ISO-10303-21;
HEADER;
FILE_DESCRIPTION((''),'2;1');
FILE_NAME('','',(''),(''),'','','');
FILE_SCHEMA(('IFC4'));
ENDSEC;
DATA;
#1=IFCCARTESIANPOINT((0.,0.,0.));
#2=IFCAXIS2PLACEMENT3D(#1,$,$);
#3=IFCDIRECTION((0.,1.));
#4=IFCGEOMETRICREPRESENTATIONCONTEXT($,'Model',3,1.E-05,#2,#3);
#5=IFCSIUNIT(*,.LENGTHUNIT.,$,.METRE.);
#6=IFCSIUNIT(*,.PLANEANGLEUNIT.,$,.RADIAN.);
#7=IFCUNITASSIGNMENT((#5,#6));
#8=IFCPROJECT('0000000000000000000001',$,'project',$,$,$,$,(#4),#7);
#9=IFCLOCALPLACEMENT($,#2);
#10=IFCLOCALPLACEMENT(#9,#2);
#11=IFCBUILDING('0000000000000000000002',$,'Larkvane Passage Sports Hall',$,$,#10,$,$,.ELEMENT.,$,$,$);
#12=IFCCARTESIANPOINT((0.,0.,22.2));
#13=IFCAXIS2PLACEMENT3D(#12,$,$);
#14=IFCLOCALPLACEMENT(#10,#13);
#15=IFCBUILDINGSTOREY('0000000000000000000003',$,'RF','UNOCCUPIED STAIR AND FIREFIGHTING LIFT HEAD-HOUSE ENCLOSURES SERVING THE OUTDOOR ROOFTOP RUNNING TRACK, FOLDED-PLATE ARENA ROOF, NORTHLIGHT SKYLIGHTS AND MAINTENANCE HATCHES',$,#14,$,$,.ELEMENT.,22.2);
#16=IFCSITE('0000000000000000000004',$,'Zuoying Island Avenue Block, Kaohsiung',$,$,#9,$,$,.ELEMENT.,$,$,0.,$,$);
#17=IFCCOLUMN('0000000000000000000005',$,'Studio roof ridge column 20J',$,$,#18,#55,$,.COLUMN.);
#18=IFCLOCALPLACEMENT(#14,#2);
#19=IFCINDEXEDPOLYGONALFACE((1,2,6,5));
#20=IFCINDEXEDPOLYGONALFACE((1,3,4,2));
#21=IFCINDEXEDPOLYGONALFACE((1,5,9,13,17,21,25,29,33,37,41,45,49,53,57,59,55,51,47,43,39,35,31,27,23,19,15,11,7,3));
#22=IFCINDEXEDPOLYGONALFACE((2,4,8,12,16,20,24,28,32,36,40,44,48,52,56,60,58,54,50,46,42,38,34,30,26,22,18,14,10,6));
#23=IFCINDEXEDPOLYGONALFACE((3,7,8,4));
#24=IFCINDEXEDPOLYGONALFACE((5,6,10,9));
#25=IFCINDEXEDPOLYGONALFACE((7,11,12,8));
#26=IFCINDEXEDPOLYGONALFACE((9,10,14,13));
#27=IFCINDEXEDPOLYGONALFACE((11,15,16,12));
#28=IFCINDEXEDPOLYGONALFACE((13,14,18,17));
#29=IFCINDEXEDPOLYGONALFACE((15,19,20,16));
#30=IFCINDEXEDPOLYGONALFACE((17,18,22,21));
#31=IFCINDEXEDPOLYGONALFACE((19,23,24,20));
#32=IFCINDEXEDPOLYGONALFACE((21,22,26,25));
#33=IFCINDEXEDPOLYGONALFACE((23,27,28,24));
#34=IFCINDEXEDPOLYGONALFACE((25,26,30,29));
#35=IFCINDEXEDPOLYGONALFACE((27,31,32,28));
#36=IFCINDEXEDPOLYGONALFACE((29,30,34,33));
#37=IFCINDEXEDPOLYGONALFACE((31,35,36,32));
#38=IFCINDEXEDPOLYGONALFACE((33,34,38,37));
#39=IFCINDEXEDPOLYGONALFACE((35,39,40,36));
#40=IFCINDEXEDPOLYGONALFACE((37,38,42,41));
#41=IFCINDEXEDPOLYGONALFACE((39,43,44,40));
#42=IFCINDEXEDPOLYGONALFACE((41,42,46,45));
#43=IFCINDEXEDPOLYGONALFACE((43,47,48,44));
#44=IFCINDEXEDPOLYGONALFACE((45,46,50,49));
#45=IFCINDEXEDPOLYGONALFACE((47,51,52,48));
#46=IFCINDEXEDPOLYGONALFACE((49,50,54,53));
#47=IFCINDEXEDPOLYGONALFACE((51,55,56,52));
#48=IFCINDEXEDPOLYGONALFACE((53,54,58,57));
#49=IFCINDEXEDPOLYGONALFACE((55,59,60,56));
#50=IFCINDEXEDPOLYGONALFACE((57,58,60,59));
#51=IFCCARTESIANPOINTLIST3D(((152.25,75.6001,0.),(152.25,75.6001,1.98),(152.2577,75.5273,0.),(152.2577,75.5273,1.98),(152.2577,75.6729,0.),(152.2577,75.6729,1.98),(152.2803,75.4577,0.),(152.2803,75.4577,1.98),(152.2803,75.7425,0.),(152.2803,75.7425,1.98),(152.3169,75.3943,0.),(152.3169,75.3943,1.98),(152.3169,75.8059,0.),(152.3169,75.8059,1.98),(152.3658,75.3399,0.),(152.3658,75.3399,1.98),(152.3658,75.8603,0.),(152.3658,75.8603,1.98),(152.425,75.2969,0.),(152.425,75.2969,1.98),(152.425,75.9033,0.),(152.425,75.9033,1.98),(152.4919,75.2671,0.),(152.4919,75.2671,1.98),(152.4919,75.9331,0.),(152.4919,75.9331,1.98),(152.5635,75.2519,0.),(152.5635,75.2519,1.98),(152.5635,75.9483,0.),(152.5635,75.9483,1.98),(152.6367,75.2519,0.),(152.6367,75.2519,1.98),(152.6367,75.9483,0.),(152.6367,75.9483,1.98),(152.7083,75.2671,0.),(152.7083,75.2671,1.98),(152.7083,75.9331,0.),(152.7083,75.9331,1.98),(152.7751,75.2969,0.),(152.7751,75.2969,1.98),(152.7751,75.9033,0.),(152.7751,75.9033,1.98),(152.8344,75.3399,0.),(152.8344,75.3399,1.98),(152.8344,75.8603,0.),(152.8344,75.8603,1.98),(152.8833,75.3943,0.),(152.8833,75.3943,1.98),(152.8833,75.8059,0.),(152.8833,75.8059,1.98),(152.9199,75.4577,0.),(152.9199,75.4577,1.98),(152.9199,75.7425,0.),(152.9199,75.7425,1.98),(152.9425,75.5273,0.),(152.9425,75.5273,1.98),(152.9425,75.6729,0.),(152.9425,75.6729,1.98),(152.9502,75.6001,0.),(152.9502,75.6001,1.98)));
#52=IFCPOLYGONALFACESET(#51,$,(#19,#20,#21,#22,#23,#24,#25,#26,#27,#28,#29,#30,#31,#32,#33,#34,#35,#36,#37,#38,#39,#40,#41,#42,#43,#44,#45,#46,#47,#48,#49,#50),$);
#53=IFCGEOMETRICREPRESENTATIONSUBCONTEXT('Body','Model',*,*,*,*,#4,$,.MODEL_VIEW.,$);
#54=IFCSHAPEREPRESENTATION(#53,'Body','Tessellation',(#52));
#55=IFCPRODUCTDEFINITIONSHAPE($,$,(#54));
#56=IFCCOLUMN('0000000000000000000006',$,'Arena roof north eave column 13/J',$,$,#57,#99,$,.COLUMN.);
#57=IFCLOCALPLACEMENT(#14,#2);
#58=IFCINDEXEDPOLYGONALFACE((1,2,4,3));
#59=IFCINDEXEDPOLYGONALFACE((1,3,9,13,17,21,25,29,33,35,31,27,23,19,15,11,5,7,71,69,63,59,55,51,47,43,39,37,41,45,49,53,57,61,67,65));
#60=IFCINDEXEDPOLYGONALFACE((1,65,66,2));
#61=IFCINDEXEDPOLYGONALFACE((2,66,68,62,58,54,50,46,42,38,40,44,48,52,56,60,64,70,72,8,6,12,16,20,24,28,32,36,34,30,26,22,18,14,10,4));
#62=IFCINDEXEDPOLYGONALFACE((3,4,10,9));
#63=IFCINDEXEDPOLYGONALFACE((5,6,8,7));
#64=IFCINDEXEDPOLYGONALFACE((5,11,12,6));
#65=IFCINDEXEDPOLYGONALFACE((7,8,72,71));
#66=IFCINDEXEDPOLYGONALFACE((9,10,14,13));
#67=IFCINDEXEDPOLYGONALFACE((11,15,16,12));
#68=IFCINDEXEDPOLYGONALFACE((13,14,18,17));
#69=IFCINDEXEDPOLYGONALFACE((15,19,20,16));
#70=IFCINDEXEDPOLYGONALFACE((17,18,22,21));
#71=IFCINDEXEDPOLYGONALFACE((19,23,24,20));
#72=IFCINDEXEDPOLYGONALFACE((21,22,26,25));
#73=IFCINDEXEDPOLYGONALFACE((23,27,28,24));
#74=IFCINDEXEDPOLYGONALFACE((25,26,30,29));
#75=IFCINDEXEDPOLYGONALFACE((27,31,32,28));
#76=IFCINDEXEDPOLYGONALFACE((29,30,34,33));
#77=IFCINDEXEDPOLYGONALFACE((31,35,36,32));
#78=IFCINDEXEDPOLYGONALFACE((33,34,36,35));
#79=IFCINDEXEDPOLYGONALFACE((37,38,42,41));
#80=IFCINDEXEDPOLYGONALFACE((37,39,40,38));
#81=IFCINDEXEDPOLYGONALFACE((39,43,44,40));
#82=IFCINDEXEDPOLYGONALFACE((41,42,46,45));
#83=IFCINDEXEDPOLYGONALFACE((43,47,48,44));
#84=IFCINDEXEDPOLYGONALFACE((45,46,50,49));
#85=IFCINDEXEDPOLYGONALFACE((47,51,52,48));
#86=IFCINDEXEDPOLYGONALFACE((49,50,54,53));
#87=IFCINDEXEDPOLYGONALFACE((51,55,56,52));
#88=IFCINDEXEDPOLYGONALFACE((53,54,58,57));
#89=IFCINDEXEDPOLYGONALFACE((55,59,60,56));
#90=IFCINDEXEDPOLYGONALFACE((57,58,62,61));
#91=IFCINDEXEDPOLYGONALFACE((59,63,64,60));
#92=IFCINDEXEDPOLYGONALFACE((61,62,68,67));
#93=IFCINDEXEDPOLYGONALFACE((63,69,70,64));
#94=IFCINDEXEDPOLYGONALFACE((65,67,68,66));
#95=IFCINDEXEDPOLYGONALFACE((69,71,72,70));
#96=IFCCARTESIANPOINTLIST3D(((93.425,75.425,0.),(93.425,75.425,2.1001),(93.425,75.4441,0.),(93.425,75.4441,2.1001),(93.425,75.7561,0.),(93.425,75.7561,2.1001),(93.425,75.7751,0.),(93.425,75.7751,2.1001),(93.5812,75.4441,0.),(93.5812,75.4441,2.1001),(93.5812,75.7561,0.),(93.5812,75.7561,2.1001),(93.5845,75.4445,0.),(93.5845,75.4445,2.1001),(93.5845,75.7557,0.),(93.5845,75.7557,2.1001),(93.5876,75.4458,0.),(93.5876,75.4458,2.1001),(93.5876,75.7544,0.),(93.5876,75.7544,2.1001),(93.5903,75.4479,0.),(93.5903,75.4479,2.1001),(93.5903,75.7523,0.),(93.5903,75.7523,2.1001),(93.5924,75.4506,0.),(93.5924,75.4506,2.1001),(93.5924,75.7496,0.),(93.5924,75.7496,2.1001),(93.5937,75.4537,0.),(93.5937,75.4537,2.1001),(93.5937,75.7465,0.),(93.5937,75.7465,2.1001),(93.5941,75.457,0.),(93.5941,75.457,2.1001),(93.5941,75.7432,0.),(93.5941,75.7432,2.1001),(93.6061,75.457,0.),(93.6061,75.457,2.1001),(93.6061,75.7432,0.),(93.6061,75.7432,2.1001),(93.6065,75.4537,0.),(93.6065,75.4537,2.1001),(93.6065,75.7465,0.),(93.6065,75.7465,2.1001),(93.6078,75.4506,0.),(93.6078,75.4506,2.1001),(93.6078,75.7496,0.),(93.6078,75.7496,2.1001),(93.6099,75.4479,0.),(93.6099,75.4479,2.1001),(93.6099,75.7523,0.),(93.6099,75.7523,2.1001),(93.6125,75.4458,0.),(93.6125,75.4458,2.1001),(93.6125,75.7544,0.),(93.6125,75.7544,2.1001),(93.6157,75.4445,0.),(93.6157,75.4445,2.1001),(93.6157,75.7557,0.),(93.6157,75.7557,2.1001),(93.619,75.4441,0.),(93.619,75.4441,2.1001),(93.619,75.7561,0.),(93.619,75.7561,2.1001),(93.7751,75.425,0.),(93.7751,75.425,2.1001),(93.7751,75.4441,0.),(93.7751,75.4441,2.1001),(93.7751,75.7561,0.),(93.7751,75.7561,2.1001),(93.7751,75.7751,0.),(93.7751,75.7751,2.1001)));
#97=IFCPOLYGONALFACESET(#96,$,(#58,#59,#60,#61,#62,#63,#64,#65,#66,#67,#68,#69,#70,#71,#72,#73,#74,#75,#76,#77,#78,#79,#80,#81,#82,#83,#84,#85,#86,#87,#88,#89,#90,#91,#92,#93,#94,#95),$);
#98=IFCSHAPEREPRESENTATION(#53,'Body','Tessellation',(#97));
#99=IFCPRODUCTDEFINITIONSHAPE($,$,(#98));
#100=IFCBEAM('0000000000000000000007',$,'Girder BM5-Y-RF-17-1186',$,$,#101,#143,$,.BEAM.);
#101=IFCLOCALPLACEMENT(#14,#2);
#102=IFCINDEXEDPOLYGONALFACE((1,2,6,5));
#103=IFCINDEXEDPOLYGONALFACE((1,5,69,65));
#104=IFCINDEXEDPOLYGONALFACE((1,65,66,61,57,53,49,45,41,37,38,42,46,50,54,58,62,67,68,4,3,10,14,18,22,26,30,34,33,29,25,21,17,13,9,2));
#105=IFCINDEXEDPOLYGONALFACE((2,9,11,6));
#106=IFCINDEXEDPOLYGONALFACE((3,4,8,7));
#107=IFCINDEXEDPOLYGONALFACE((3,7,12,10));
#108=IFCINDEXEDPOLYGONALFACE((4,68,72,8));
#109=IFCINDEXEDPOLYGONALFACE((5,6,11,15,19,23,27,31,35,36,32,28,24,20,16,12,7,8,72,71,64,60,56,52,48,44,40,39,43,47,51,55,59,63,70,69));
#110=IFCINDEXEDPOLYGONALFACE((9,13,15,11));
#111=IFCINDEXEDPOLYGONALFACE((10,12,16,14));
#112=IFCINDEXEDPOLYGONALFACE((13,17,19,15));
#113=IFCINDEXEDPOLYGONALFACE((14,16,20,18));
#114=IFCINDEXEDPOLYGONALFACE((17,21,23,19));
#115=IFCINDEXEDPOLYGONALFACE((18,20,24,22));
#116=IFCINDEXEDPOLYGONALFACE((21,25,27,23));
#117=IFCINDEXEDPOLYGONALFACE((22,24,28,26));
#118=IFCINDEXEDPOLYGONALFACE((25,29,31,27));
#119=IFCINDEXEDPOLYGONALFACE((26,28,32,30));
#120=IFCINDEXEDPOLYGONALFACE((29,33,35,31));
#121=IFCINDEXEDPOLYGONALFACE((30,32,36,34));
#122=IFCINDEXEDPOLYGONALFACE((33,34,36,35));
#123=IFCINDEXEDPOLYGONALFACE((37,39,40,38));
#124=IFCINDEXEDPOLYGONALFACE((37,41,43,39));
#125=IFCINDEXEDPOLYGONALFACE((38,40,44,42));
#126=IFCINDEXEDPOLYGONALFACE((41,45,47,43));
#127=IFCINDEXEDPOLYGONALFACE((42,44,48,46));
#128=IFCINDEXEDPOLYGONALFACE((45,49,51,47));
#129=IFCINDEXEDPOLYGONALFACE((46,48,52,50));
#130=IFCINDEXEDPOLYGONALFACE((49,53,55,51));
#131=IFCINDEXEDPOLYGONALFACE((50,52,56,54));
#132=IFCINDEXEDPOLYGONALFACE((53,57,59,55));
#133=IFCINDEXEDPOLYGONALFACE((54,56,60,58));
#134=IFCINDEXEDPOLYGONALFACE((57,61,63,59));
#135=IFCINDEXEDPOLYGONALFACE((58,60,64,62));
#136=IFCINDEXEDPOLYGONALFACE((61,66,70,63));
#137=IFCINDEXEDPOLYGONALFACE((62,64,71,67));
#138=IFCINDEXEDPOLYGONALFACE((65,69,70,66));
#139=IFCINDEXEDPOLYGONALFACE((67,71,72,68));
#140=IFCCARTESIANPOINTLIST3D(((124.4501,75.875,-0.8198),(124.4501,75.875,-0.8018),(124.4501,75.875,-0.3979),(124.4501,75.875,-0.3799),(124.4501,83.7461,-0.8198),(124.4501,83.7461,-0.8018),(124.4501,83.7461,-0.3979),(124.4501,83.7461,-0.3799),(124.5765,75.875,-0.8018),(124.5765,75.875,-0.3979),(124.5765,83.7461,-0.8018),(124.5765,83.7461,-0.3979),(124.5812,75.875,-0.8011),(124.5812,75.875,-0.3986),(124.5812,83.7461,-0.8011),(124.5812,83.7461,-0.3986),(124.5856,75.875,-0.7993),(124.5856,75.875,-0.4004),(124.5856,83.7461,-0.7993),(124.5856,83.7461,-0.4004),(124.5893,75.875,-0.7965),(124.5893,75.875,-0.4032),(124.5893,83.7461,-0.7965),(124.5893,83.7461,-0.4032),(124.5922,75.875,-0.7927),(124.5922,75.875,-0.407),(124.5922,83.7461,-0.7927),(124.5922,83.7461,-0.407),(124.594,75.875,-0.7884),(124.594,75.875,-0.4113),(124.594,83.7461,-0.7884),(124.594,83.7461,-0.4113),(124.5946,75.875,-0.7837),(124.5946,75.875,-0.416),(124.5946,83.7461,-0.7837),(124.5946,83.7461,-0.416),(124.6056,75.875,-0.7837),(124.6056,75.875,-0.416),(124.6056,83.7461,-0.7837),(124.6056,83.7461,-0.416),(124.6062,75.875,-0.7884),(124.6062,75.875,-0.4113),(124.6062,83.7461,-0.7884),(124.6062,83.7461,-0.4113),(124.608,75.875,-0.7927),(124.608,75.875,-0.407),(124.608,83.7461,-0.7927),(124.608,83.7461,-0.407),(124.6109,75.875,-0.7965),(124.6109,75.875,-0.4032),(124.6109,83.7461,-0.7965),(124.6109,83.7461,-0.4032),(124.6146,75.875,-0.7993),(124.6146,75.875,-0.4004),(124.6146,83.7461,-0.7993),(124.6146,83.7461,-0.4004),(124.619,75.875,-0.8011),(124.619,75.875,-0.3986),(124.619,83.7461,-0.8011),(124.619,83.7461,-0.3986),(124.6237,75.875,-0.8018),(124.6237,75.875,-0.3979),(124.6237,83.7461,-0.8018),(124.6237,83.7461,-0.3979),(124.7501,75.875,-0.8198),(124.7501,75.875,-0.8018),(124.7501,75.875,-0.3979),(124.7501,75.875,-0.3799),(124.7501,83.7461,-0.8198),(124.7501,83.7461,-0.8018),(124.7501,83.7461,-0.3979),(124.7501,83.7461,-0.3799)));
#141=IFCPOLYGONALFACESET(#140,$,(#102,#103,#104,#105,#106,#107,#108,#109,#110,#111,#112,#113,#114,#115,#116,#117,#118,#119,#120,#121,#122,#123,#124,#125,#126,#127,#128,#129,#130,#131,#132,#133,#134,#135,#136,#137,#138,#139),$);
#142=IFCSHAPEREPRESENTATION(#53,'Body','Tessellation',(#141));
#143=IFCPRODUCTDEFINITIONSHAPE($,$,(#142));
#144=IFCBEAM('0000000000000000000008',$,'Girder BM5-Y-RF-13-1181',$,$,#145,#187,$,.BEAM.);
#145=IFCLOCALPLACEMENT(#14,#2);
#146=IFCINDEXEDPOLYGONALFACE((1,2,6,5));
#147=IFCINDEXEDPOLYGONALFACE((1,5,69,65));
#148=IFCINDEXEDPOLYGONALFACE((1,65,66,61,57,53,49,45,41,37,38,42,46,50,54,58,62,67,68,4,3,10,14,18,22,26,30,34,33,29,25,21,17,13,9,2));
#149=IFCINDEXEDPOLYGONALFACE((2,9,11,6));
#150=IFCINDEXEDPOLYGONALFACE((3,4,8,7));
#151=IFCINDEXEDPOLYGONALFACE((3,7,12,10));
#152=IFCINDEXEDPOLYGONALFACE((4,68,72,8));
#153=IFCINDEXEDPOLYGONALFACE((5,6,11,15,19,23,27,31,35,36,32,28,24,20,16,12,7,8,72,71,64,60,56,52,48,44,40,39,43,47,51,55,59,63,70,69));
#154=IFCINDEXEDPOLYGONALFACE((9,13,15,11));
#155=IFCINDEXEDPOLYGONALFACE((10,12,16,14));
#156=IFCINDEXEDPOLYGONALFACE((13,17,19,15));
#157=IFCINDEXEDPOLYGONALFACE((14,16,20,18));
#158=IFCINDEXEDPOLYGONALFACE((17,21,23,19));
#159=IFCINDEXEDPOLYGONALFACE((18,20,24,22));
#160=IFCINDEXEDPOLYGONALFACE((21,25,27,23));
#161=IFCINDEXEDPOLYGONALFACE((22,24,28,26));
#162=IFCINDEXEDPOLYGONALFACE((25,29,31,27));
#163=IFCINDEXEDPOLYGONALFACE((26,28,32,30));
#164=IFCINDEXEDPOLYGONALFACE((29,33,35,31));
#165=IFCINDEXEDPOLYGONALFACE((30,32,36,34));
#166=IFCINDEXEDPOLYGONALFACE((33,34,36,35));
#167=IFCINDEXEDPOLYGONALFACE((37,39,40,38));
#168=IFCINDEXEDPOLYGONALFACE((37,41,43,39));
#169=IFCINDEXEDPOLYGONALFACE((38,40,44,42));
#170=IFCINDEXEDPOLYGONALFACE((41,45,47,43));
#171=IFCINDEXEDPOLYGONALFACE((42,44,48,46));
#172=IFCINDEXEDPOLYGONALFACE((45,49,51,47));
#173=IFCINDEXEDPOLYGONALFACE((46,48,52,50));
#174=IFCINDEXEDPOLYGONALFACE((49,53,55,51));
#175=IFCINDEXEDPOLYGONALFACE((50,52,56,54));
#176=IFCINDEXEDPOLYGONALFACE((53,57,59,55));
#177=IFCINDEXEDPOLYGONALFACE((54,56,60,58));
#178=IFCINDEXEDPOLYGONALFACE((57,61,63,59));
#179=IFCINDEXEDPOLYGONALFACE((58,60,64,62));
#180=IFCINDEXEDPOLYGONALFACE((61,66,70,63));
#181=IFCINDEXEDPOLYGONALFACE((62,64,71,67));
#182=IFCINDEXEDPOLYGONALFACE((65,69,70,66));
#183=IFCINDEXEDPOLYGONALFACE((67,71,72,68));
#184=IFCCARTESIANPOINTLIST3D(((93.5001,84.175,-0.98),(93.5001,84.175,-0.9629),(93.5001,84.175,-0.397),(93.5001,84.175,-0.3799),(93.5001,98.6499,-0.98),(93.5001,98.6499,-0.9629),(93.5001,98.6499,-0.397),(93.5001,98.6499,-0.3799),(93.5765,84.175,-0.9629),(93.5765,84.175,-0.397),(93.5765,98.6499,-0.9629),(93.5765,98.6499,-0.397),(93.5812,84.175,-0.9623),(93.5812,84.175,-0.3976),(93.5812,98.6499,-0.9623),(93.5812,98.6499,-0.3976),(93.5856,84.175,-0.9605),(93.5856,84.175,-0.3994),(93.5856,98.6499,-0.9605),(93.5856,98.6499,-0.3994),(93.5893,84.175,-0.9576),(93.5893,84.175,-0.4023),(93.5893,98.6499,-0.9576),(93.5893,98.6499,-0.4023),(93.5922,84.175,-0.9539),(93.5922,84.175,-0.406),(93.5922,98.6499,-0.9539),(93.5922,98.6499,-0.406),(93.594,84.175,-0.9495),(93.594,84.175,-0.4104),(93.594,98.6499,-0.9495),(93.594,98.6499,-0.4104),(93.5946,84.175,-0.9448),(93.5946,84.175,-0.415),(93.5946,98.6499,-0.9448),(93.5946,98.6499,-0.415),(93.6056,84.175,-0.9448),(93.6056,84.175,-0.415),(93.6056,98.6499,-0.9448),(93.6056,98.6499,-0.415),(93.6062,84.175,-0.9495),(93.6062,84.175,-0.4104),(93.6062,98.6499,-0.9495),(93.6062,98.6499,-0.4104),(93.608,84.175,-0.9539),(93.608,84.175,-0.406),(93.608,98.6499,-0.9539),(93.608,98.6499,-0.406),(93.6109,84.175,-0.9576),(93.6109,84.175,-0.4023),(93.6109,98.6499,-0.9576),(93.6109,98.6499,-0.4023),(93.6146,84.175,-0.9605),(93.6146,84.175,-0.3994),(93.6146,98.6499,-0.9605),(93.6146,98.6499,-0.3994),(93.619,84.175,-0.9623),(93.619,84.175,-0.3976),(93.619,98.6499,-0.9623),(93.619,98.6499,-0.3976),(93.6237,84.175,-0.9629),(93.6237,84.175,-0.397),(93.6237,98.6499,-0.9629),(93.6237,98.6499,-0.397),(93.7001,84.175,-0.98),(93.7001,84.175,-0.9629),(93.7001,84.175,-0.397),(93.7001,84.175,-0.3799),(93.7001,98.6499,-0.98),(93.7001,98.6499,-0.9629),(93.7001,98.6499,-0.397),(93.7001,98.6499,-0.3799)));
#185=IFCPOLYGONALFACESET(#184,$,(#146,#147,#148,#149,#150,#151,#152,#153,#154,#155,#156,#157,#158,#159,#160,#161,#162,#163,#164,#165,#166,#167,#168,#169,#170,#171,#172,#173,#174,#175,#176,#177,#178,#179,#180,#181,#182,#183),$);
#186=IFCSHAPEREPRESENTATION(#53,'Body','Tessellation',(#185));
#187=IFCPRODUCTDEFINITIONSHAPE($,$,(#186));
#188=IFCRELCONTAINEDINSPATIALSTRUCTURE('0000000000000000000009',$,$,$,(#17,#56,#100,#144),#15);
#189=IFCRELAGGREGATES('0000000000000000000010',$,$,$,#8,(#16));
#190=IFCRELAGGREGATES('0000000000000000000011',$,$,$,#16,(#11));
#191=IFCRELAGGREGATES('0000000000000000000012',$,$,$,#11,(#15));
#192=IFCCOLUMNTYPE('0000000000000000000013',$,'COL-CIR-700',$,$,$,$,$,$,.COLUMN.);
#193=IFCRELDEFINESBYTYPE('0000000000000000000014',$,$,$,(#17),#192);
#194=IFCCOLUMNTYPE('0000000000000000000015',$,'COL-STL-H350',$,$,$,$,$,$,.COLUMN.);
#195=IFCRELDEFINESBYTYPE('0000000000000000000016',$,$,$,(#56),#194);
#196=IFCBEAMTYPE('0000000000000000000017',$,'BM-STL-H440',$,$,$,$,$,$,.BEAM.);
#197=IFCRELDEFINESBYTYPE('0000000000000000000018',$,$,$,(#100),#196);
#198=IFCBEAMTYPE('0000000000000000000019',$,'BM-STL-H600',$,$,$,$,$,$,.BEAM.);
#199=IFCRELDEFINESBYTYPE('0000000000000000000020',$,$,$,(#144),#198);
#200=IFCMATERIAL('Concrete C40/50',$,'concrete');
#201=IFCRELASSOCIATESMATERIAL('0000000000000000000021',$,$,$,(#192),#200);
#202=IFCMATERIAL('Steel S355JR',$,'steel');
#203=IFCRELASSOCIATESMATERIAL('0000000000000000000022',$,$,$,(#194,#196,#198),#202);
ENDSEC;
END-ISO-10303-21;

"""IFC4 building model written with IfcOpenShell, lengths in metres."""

from ifc_helpers import new_model, si_unit, direction, frame, origin, origin_2d, place, context, subcontext, project, spatial, circle, i_section, extrude, material, material_profile, profile_set, type_object, element, save


model = new_model("IFC4")

# Units and contexts
model_context = context("Model", 3, precision=1e-05, world=origin(), true_north=direction((0.0, 1.0)))
body_context = subcontext(model_context, "Body", "Model", "MODEL_VIEW")
ifc_project = project(units=[si_unit("LENGTHUNIT", "METRE"), si_unit("PLANEANGLEUNIT", "RADIAN")], contexts=[model_context])

# Site, building, storey
site_placement = place(None, origin())
site = spatial("IfcSite", under=ifc_project, at=site_placement, Name="Zuoying Island Avenue Block, Kaohsiung", CompositionType="ELEMENT", RefElevation=0.0)
building_placement = place(site_placement, origin())
building = spatial("IfcBuilding", under=site, at=building_placement, Name="Larkvane Passage Sports Hall", CompositionType="ELEMENT")
storey_placement = place(building_placement, frame((0.0, 0.0, 22.2)))
storey = spatial("IfcBuildingStorey", under=building, at=storey_placement, Name="RF", Description="UNOCCUPIED STAIR AND FIREFIGHTING LIFT HEAD-HOUSE ENCLOSURES SERVING THE OUTDOOR ROOFTOP RUNNING TRACK, FOLDED-PLATE ARENA ROOF, NORTHLIGHT SKYLIGHTS AND MAINTENANCE HATCHES", CompositionType="ELEMENT", Elevation=22.2)

# Columns
ifc_material_1 = material(Name="Concrete C40/50", Category="concrete")
ifc_material_profile_1 = material_profile(ifc_material_1, circle(Radius=0.3501, at=origin_2d()), Name="RC-CIR-700")
ifc_profile_set_1 = profile_set([ifc_material_profile_1], Name="Concrete C40/50")
column_type_1 = type_object("IfcColumnType", Name="COL-CIR-700", PredefinedType="COLUMN", material=ifc_profile_set_1)
column_1_placement = place(storey_placement, frame((152.6001, 75.6001, 0.0), z_axis=(0.0, 0.0, 1.0), x_axis=(1.0, 0.0, 0.0)))
element("IfcColumn", 1, at=column_1_placement, inside=storey, type_object=column_type_1, Name="Studio roof ridge column 20J", PredefinedType="COLUMN", context=body_context, shape_type="SweptSolid", body=[
    extrude(circle(Radius=0.3501, at=origin_2d()), origin(), (0.0, 0.0, 1.0), 1.98),
])
ifc_material_2 = material(Name="Steel S355JR", Category="steel")
ifc_material_profile_2 = material_profile(ifc_material_2, i_section(OverallWidth=0.3501, OverallDepth=0.3501, WebThickness=0.012, FlangeThickness=0.019, FilletRadius=0.0129, at=origin_2d()), Name="H-350x350x12x19")
ifc_profile_set_2 = profile_set([ifc_material_profile_2], Name="Steel S355JR")
column_type_2 = type_object("IfcColumnType", Name="COL-STL-H350", PredefinedType="COLUMN", material=ifc_profile_set_2)
column_2_placement = place(storey_placement, frame((93.6001, 75.6001, 0.0), z_axis=(0.0, 0.0, 1.0), x_axis=(1.0, 0.0, 0.0)))
element("IfcColumn", 2, at=column_2_placement, inside=storey, type_object=column_type_2, Name="Arena roof north eave column 13/J", PredefinedType="COLUMN", context=body_context, shape_type="SweptSolid", body=[
    extrude(i_section(OverallWidth=0.3501, OverallDepth=0.3501, WebThickness=0.012, FlangeThickness=0.019, FilletRadius=0.0129, at=origin_2d()), origin(), (0.0, 0.0, 1.0), 2.1001),
])

# Beams
ifc_material_profile_3 = material_profile(ifc_material_2, i_section(OverallWidth=0.3, OverallDepth=0.4399, WebThickness=0.011, FlangeThickness=0.0181, FilletRadius=0.0181, at=origin_2d()), Name="H-440x300x11x18")
ifc_profile_set_3 = profile_set([ifc_material_profile_3], Name="Steel S355JR")
beam_type_1 = type_object("IfcBeamType", Name="BM-STL-H440", PredefinedType="BEAM", material=ifc_profile_set_3)
beam_1_placement = place(storey_placement, frame((124.6001, 75.875, -0.5999), z_axis=(0.0, 1.0, 0.0), x_axis=(-1.0, 0.0, 0.0)))
element("IfcBeam", 3, at=beam_1_placement, inside=storey, type_object=beam_type_1, Name="Girder BM5-Y-RF-17-1186", PredefinedType="BEAM", context=body_context, shape_type="SweptSolid", body=[
    extrude(i_section(OverallWidth=0.3, OverallDepth=0.4399, WebThickness=0.011, FlangeThickness=0.0181, FilletRadius=0.0181, at=origin_2d()), origin(), (0.0, 0.0, 1.0), 7.8711),
])
ifc_material_profile_4 = material_profile(ifc_material_2, i_section(OverallWidth=0.2, OverallDepth=0.6001, WebThickness=0.011, FlangeThickness=0.0171, FilletRadius=0.0181, at=origin_2d()), Name="H-600x200x11x17")
ifc_profile_set_4 = profile_set([ifc_material_profile_4], Name="Steel S355JR")
beam_type_2 = type_object("IfcBeamType", Name="BM-STL-H600", PredefinedType="BEAM", material=ifc_profile_set_4)
beam_2_placement = place(storey_placement, frame((93.6001, 84.175, -0.6799), z_axis=(0.0, 1.0, 0.0), x_axis=(-1.0, 0.0, 0.0)))
element("IfcBeam", 4, at=beam_2_placement, inside=storey, type_object=beam_type_2, Name="Girder BM5-Y-RF-13-1181", PredefinedType="BEAM", context=body_context, shape_type="SweptSolid", body=[
    extrude(i_section(OverallWidth=0.2, OverallDepth=0.6001, WebThickness=0.011, FlangeThickness=0.0171, FilletRadius=0.0181, at=origin_2d()), origin(), (0.0, 0.0, 1.0), 14.4749),
])

save(model, "model.ifc")
